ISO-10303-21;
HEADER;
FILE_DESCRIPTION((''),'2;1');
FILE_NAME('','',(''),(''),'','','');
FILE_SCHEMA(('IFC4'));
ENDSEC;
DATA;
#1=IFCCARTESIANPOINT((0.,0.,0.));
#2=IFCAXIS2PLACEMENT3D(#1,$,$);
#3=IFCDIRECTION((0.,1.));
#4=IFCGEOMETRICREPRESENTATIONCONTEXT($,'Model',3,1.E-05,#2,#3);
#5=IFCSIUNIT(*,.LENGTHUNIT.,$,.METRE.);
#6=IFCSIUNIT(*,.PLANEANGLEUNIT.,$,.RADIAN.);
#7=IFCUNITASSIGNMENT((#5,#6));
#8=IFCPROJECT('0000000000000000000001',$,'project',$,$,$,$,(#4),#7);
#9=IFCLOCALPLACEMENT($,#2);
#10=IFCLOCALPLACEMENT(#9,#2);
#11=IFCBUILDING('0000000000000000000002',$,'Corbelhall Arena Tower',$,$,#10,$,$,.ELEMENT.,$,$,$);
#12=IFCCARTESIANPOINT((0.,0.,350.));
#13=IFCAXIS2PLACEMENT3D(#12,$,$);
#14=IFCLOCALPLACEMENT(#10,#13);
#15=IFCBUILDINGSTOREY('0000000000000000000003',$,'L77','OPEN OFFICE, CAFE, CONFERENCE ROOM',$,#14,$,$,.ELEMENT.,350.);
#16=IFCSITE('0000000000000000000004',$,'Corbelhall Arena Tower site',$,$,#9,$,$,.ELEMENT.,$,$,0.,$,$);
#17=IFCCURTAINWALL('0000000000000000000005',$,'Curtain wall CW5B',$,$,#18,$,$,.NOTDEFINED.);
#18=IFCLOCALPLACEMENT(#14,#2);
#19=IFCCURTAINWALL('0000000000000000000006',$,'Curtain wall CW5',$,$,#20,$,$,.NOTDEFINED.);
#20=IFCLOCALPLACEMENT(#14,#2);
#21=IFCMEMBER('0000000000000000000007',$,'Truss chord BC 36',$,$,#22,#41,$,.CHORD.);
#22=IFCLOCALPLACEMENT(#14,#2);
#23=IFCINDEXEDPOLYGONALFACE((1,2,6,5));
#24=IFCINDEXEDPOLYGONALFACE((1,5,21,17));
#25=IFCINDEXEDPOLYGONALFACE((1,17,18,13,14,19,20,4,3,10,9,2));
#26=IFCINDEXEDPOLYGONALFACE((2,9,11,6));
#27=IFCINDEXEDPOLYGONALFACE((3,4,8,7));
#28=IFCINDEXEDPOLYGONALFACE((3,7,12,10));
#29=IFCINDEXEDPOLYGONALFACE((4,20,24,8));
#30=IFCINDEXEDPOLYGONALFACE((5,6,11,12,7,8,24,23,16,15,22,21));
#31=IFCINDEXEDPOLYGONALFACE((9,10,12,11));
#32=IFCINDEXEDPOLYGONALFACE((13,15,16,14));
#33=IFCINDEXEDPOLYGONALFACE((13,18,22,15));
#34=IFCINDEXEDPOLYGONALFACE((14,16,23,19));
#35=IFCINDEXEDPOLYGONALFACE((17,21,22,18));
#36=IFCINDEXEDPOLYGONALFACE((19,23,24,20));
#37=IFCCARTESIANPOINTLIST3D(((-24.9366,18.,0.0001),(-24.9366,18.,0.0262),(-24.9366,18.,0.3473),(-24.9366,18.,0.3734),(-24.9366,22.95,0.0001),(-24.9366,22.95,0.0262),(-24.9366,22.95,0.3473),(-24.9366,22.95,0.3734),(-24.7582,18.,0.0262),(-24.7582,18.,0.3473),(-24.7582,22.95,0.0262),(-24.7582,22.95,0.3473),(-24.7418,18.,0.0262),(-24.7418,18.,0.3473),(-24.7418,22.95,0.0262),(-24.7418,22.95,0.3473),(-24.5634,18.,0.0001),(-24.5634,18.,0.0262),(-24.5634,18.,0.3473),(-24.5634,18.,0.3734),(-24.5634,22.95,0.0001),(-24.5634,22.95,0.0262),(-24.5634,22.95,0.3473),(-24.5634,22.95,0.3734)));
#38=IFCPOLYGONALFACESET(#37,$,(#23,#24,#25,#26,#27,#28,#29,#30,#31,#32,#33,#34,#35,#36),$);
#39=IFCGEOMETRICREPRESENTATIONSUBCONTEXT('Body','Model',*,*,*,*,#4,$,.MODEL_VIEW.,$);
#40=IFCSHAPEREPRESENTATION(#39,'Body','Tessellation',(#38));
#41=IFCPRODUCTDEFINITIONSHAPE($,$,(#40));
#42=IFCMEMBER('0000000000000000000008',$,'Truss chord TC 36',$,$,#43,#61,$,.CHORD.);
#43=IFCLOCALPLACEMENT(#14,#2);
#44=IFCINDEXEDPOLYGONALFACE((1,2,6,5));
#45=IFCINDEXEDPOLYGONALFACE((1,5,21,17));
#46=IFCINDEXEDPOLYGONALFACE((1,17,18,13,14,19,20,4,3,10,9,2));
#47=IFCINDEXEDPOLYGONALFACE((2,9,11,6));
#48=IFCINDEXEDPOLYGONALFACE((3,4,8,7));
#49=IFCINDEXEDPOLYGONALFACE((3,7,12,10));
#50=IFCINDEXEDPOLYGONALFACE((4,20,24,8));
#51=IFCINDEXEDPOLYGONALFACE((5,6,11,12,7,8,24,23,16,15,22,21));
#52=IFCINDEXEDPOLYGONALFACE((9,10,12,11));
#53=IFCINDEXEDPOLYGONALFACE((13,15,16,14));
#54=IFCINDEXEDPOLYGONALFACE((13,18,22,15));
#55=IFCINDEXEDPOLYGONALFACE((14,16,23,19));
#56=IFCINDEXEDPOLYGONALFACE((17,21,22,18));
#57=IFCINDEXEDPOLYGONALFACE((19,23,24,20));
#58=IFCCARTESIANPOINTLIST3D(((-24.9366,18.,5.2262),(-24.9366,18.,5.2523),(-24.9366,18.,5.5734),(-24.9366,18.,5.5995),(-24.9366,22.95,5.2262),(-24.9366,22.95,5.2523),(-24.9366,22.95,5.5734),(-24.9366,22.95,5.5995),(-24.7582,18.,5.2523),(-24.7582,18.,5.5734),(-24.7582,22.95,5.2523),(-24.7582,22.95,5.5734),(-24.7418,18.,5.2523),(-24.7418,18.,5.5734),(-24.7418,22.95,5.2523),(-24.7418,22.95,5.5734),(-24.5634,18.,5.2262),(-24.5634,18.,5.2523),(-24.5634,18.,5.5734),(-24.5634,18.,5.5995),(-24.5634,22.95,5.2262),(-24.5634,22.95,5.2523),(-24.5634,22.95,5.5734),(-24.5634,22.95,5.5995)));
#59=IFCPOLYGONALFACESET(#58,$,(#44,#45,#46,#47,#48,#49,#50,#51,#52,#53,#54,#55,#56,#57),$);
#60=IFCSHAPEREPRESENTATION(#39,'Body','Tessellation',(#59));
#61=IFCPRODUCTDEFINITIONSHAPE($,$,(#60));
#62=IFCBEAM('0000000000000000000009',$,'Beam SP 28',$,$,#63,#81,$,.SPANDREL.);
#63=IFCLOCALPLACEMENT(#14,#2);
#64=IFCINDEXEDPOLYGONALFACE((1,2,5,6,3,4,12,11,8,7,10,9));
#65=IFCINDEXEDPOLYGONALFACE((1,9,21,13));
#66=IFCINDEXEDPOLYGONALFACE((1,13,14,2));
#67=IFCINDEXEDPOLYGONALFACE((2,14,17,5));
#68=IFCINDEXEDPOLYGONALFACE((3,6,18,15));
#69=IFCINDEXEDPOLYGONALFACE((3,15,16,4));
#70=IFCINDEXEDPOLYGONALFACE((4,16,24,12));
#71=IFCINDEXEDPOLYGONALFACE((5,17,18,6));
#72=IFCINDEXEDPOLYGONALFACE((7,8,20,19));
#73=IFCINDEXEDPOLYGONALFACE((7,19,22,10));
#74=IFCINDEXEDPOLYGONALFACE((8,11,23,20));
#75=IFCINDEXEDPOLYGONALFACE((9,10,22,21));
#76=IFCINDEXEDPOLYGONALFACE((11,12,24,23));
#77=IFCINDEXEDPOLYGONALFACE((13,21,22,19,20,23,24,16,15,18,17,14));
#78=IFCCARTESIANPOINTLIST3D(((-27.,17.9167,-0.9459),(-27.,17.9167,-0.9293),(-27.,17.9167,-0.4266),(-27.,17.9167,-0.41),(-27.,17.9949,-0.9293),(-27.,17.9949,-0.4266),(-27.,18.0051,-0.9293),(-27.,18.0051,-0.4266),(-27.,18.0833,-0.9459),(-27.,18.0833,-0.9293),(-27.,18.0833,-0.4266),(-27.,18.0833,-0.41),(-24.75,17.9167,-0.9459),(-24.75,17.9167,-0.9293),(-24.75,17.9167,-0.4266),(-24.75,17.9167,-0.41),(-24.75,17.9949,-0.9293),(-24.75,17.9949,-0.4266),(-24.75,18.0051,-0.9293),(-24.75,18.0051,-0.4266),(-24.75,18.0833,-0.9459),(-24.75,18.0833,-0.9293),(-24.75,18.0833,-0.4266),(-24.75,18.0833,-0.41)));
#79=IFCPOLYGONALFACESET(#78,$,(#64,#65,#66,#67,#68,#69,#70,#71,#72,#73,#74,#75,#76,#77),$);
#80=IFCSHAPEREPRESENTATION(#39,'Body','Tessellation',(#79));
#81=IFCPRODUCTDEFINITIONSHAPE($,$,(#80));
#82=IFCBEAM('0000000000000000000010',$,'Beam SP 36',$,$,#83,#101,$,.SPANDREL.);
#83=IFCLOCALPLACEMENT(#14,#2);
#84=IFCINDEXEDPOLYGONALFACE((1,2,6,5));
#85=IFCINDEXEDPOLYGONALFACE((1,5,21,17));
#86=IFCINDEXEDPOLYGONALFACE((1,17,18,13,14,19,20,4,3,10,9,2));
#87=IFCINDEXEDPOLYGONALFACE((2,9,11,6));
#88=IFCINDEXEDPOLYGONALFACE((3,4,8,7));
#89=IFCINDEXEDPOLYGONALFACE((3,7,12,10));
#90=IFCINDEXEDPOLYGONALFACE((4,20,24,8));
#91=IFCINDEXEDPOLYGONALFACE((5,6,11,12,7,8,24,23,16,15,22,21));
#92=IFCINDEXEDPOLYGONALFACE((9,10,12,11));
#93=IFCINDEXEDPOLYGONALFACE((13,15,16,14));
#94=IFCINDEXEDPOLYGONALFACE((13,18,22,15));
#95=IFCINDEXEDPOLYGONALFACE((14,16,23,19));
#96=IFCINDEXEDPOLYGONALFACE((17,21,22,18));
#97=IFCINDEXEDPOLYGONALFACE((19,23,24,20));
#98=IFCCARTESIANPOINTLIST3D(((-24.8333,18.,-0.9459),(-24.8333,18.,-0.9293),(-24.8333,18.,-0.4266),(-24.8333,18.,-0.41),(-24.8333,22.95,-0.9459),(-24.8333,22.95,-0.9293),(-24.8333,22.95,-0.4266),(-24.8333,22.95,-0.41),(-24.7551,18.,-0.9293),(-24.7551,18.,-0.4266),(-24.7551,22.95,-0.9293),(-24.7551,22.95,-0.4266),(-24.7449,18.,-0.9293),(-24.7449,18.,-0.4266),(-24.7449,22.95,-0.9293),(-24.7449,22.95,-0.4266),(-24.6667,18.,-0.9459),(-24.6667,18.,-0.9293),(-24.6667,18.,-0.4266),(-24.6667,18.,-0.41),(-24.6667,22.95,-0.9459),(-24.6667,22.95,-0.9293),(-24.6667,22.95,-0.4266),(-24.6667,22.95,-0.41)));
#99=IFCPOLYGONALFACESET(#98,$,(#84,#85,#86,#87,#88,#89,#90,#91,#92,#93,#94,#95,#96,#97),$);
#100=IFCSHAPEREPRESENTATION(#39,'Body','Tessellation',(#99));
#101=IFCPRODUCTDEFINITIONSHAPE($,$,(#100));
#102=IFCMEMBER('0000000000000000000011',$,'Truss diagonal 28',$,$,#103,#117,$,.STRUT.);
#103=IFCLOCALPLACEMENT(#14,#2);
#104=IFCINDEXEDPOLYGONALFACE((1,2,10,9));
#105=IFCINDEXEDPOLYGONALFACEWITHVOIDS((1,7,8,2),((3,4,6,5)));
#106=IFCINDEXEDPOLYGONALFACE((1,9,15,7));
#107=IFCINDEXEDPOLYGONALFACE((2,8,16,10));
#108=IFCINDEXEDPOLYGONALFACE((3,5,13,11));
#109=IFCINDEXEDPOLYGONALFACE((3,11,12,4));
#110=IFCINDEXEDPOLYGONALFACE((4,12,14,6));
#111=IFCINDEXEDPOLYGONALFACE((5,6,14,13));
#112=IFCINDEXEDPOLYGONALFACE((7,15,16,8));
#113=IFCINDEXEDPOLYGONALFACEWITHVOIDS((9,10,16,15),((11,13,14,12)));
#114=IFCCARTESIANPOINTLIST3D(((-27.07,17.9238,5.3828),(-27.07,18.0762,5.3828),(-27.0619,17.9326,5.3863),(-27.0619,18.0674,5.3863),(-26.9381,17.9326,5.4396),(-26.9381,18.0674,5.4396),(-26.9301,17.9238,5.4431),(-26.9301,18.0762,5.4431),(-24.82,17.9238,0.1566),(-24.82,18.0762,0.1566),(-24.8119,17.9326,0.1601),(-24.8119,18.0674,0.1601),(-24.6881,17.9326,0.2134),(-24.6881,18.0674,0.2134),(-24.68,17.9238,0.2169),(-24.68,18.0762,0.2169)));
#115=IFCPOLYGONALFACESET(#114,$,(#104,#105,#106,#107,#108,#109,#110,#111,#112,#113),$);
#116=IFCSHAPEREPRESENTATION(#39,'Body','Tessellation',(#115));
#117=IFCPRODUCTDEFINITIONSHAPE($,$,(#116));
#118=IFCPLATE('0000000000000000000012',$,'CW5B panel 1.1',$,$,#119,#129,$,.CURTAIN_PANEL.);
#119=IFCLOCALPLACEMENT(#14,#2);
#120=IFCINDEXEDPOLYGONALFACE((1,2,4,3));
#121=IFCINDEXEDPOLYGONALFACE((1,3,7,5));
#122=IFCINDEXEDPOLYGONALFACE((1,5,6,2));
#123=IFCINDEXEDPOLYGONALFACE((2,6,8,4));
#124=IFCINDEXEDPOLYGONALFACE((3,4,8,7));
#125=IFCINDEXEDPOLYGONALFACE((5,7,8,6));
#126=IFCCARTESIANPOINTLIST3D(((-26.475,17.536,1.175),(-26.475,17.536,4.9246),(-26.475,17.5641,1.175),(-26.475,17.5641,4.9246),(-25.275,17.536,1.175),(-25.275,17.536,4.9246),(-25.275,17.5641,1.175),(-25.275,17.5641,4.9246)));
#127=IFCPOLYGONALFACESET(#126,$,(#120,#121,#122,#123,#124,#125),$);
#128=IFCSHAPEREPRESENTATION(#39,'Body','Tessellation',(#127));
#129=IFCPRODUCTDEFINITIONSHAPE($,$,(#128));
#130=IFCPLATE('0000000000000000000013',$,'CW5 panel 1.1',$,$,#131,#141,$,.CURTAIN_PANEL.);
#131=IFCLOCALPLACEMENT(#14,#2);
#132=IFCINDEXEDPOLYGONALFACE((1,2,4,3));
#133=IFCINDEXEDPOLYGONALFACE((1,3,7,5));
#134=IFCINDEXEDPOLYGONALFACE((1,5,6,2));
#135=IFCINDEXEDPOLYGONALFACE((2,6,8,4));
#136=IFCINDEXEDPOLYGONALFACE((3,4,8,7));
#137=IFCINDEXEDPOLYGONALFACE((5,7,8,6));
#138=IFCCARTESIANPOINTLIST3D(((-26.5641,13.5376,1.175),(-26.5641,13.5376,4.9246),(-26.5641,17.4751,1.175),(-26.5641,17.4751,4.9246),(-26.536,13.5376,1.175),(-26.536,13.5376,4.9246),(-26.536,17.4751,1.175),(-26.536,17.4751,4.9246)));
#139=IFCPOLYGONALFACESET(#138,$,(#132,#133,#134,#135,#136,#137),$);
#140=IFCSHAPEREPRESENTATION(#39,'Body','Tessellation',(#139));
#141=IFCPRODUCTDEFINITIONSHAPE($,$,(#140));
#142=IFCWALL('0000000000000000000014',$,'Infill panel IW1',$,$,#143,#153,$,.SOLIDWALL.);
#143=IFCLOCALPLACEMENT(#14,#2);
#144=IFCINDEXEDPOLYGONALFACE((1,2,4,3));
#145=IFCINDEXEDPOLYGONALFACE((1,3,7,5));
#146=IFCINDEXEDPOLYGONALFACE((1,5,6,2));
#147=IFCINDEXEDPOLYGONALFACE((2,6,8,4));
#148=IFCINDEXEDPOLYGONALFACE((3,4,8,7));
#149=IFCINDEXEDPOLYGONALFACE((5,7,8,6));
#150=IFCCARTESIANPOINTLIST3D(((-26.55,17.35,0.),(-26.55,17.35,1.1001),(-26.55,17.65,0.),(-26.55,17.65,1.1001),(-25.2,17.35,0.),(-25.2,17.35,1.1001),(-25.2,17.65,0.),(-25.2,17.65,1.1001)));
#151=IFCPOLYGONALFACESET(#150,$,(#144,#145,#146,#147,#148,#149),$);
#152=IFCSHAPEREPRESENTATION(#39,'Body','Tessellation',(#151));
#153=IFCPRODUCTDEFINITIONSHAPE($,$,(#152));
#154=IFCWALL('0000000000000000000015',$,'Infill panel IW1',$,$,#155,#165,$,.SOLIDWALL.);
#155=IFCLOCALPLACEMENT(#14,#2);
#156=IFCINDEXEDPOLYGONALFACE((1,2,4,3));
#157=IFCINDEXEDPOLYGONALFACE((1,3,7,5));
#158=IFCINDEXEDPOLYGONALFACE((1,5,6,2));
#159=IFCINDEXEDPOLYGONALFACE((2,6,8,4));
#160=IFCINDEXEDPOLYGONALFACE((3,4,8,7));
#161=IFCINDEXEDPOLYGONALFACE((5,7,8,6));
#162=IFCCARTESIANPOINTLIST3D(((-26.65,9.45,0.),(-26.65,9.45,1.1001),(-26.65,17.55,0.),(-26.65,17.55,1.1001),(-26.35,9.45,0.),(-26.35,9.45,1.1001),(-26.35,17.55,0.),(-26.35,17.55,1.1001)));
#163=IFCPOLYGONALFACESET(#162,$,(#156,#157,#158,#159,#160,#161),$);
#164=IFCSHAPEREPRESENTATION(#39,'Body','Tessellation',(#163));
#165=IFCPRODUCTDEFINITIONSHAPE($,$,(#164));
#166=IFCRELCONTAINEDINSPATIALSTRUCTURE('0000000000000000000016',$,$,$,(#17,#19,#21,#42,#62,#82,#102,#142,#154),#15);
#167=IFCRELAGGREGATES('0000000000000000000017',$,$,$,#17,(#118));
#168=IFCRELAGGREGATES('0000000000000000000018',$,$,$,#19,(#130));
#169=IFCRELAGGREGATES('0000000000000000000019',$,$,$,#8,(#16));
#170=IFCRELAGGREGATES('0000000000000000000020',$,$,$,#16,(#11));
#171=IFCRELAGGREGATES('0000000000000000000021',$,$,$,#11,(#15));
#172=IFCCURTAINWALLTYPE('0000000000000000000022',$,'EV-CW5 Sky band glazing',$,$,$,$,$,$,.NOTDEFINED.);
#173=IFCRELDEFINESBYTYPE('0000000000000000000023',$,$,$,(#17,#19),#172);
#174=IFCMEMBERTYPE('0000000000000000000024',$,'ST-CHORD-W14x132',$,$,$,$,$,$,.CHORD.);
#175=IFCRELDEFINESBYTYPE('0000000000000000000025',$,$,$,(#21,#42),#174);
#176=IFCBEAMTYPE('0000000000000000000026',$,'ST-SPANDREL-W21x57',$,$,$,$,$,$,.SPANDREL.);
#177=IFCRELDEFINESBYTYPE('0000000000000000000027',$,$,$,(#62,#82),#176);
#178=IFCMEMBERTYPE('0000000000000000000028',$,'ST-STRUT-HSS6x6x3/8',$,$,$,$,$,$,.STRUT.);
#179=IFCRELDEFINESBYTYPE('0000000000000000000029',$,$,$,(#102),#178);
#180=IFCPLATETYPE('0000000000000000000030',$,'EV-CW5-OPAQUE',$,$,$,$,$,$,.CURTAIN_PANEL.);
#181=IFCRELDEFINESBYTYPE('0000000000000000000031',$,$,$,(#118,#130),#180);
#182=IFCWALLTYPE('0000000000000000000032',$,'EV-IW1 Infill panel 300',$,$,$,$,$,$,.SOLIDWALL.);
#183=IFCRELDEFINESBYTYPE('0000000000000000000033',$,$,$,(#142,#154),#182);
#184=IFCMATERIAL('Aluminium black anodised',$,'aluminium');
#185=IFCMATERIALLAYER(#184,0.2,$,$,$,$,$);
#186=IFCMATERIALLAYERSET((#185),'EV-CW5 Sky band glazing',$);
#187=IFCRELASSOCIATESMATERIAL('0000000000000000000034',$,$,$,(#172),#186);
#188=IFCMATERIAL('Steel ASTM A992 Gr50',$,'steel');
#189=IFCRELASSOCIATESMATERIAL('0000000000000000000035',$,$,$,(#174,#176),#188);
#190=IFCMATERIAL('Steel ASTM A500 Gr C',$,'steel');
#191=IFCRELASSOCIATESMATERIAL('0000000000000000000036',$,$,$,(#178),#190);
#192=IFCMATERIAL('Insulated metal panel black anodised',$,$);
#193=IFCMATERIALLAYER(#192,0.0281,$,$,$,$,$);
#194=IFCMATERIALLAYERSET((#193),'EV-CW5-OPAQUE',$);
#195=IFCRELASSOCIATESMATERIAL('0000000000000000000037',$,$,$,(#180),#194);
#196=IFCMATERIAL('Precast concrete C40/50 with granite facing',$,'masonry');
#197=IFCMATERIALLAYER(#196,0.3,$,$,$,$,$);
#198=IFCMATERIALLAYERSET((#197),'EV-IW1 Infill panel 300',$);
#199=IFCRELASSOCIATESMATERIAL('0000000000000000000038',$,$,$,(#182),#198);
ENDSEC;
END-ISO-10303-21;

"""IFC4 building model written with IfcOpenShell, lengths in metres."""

from ifc_helpers import new_model, si_unit, direction, frame, frame_2d, origin, origin_2d, place, context, subcontext, project, spatial, rectangle, hollow_rectangle, i_section, extrude, material, layer, layer_set, material_profile, profile_set, type_object, element, aggregate, save


model = new_model("IFC4")

# Units and contexts
model_context = context("Model", 3, precision=1e-05, world=origin(), true_north=direction((0.0, 1.0)))
body_context = subcontext(model_context, "Body", "Model", "MODEL_VIEW")
ifc_project = project(units=[si_unit("LENGTHUNIT", "METRE"), si_unit("PLANEANGLEUNIT", "RADIAN")], contexts=[model_context])

# Site, building, storey
site_placement = place(None, origin())
site = spatial("IfcSite", under=ifc_project, at=site_placement, Name="Corbelhall Arena Tower site", CompositionType="ELEMENT", RefElevation=0.0)
building_placement = place(site_placement, origin())
building = spatial("IfcBuilding", under=site, at=building_placement, Name="Corbelhall Arena Tower", CompositionType="ELEMENT")
storey_placement = place(building_placement, frame((0.0, 0.0, 350.0)))
storey = spatial("IfcBuildingStorey", under=building, at=storey_placement, Name="L77", Description="OPEN OFFICE, CAFE, CONFERENCE ROOM", CompositionType="ELEMENT", Elevation=350.0)

# Curtain walls
ifc_material_1 = material(Name="Aluminium black anodised", Category="aluminium")
ifc_layer_1 = layer(ifc_material_1, 0.2)
ifc_layer_set_1 = layer_set([ifc_layer_1], Name="EV-CW5 Sky band glazing")
curtain_wall_type = type_object("IfcCurtainWallType", Name="EV-CW5 Sky band glazing", PredefinedType="NOTDEFINED", material=ifc_layer_set_1)
curtain_wall_1_placement = place(storey_placement, origin())
curtain_wall_1 = element("IfcCurtainWall", 1, at=curtain_wall_1_placement, inside=storey, type_object=curtain_wall_type, Name="Curtain wall CW5B", PredefinedType="NOTDEFINED")
curtain_wall_2_placement = place(storey_placement, origin())
curtain_wall_2 = element("IfcCurtainWall", 2, at=curtain_wall_2_placement, inside=storey, type_object=curtain_wall_type, Name="Curtain wall CW5", PredefinedType="NOTDEFINED")

# Members
ifc_material_2 = material(Name="Steel ASTM A992 Gr50", Category="steel")
ifc_material_profile_1 = material_profile(ifc_material_2, i_section(OverallWidth=0.3733, OverallDepth=0.3733, WebThickness=0.0164, FlangeThickness=0.0261, at=origin_2d()))
ifc_profile_set_1 = profile_set([ifc_material_profile_1], Name="Steel ASTM A992 Gr50")
member_type_1 = type_object("IfcMemberType", Name="ST-CHORD-W14x132", PredefinedType="CHORD", material=ifc_profile_set_1)
for number, where, z_axis, x_axis, name in (
    (3, (-24.75, 18.0, 0.1868), (0.0, 1.0, 0.0), (-1.0, 0.0, 0.0), "Truss chord BC 36"),
    (4, (-24.75, 18.0, 5.4128), (0.0, 1.0, 0.0), (-1.0, 0.0, 0.0), "Truss chord TC 36"),
):
    element("IfcMember", number, at=place(storey_placement, frame(where, z_axis=z_axis, x_axis=x_axis)), inside=storey, type_object=member_type_1, Name=name, PredefinedType="CHORD", context=body_context, shape_type="SweptSolid", body=[
        extrude(i_section(OverallWidth=0.3733, OverallDepth=0.3733, WebThickness=0.0164, FlangeThickness=0.0261, at=origin_2d()), origin(), (0.0, 0.0, 1.0), 4.95),
    ])

# Beams
ifc_material_profile_2 = material_profile(ifc_material_2, i_section(OverallWidth=0.1665, OverallDepth=0.5359, WebThickness=0.0103, FlangeThickness=0.0166, at=origin_2d()))
ifc_profile_set_2 = profile_set([ifc_material_profile_2], Name="Steel ASTM A992 Gr50")
beam_type = type_object("IfcBeamType", Name="ST-SPANDREL-W21x57", PredefinedType="SPANDREL", material=ifc_profile_set_2)
beam_1_placement = place(storey_placement, frame((-27.0, 18.0, -0.678), z_axis=(1.0, 0.0, 0.0), x_axis=(0.0, 1.0, 0.0)))
element("IfcBeam", 5, at=beam_1_placement, inside=storey, type_object=beam_type, Name="Beam SP 28", PredefinedType="SPANDREL", context=body_context, shape_type="SweptSolid", body=[
    extrude(i_section(OverallWidth=0.1665, OverallDepth=0.5359, WebThickness=0.0103, FlangeThickness=0.0166, at=origin_2d()), origin(), (0.0, 0.0, 1.0), 2.25),
])
beam_2_placement = place(storey_placement, frame((-24.75, 18.0, -0.678), z_axis=(0.0, 1.0, 0.0), x_axis=(-1.0, 0.0, 0.0)))
element("IfcBeam", 6, at=beam_2_placement, inside=storey, type_object=beam_type, Name="Beam SP 36", PredefinedType="SPANDREL", context=body_context, shape_type="SweptSolid", body=[
    extrude(i_section(OverallWidth=0.1665, OverallDepth=0.5359, WebThickness=0.0103, FlangeThickness=0.0166, at=origin_2d()), origin(), (0.0, 0.0, 1.0), 4.95),
])

# Member
ifc_material_3 = material(Name="Steel ASTM A500 Gr C", Category="steel")
ifc_material_profile_3 = material_profile(ifc_material_3, hollow_rectangle(XDim=0.1523, YDim=0.1523, WallThickness=0.0088, at=origin_2d()))
ifc_profile_set_3 = profile_set([ifc_material_profile_3], Name="Steel ASTM A500 Gr C")
member_type_2 = type_object("IfcMemberType", Name="ST-STRUT-HSS6x6x3/8", PredefinedType="STRUT", material=ifc_profile_set_3)
member_1_placement = place(storey_placement, frame((-24.75, 18.0, 0.1868), z_axis=(-0.395441, 0.0, 0.918491), x_axis=(0.0, -1.0, 0.0)))
element("IfcMember", 7, at=member_1_placement, inside=storey, type_object=member_type_2, Name="Truss diagonal 28", PredefinedType="STRUT", context=body_context, shape_type="SweptSolid", body=[
    extrude(hollow_rectangle(XDim=0.1523, YDim=0.1523, WallThickness=0.0088, at=origin_2d()), origin(), (0.0, 0.0, 1.0), 5.6899),
])

# Plates
ifc_material_4 = material(Name="Insulated metal panel black anodised")
ifc_layer_2 = layer(ifc_material_4, 0.0281)
ifc_layer_set_2 = layer_set([ifc_layer_2], Name="EV-CW5-OPAQUE")
plate_type = type_object("IfcPlateType", Name="EV-CW5-OPAQUE", PredefinedType="CURTAIN_PANEL", material=ifc_layer_set_2)
plate_1_placement = place(storey_placement, frame((-25.875, 17.55, 1.175), z_axis=(0.0, 0.0, 1.0), x_axis=(-1.0, 0.0, 0.0)))
plate_1 = element("IfcPlate", 8, at=plate_1_placement, type_object=plate_type, Name="CW5B panel 1.1", PredefinedType="CURTAIN_PANEL", context=body_context, shape_type="SweptSolid", body=[
    extrude(rectangle(XDim=1.2, YDim=0.0281, at=origin_2d()), origin(), (0.0, 0.0, 1.0), 3.7495),
])
aggregate(curtain_wall_1, [plate_1])
plate_2_placement = place(storey_placement, frame((-26.55, 15.5063, 1.175), z_axis=(0.0, 0.0, 1.0), x_axis=(0.0, -1.0, 0.0)))
plate_2 = element("IfcPlate", 9, at=plate_2_placement, type_object=plate_type, Name="CW5 panel 1.1", PredefinedType="CURTAIN_PANEL", context=body_context, shape_type="SweptSolid", body=[
    extrude(rectangle(XDim=3.9375, YDim=0.0281, at=origin_2d()), origin(), (0.0, 0.0, 1.0), 3.7495),
])
aggregate(curtain_wall_2, [plate_2])

# Walls
ifc_material_5 = material(Name="Precast concrete C40/50 with granite facing", Category="masonry")
ifc_layer_3 = layer(ifc_material_5, 0.3)
ifc_layer_set_3 = layer_set([ifc_layer_3], Name="EV-IW1 Infill panel 300")
wall_type = type_object("IfcWallType", Name="EV-IW1 Infill panel 300", PredefinedType="SOLIDWALL", material=ifc_layer_set_3)
wall_1_placement = place(storey_placement, frame((-25.2, 17.5, 0.0), z_axis=(0.0, 0.0, 1.0), x_axis=(-1.0, 0.0, 0.0)))
element("IfcWall", 10, at=wall_1_placement, inside=storey, type_object=wall_type, Name="Infill panel IW1", PredefinedType="SOLIDWALL", context=body_context, shape_type="SweptSolid", body=[
    extrude(rectangle(XDim=1.3501, YDim=0.3, at=frame_2d((0.675, 0.0))), origin(), (0.0, 0.0, 1.0), 1.1001),
])
wall_2_placement = place(storey_placement, frame((-26.5, 17.55, 0.0), z_axis=(0.0, 0.0, 1.0), x_axis=(0.0, -1.0, 0.0)))
element("IfcWall", 11, at=wall_2_placement, inside=storey, type_object=wall_type, Name="Infill panel IW1", PredefinedType="SOLIDWALL", context=body_context, shape_type="SweptSolid", body=[
    extrude(rectangle(XDim=8.1001, YDim=0.3, at=frame_2d((4.05, 0.0))), origin(), (0.0, 0.0, 1.0), 1.1001),
])

save(model, "model.ifc")
